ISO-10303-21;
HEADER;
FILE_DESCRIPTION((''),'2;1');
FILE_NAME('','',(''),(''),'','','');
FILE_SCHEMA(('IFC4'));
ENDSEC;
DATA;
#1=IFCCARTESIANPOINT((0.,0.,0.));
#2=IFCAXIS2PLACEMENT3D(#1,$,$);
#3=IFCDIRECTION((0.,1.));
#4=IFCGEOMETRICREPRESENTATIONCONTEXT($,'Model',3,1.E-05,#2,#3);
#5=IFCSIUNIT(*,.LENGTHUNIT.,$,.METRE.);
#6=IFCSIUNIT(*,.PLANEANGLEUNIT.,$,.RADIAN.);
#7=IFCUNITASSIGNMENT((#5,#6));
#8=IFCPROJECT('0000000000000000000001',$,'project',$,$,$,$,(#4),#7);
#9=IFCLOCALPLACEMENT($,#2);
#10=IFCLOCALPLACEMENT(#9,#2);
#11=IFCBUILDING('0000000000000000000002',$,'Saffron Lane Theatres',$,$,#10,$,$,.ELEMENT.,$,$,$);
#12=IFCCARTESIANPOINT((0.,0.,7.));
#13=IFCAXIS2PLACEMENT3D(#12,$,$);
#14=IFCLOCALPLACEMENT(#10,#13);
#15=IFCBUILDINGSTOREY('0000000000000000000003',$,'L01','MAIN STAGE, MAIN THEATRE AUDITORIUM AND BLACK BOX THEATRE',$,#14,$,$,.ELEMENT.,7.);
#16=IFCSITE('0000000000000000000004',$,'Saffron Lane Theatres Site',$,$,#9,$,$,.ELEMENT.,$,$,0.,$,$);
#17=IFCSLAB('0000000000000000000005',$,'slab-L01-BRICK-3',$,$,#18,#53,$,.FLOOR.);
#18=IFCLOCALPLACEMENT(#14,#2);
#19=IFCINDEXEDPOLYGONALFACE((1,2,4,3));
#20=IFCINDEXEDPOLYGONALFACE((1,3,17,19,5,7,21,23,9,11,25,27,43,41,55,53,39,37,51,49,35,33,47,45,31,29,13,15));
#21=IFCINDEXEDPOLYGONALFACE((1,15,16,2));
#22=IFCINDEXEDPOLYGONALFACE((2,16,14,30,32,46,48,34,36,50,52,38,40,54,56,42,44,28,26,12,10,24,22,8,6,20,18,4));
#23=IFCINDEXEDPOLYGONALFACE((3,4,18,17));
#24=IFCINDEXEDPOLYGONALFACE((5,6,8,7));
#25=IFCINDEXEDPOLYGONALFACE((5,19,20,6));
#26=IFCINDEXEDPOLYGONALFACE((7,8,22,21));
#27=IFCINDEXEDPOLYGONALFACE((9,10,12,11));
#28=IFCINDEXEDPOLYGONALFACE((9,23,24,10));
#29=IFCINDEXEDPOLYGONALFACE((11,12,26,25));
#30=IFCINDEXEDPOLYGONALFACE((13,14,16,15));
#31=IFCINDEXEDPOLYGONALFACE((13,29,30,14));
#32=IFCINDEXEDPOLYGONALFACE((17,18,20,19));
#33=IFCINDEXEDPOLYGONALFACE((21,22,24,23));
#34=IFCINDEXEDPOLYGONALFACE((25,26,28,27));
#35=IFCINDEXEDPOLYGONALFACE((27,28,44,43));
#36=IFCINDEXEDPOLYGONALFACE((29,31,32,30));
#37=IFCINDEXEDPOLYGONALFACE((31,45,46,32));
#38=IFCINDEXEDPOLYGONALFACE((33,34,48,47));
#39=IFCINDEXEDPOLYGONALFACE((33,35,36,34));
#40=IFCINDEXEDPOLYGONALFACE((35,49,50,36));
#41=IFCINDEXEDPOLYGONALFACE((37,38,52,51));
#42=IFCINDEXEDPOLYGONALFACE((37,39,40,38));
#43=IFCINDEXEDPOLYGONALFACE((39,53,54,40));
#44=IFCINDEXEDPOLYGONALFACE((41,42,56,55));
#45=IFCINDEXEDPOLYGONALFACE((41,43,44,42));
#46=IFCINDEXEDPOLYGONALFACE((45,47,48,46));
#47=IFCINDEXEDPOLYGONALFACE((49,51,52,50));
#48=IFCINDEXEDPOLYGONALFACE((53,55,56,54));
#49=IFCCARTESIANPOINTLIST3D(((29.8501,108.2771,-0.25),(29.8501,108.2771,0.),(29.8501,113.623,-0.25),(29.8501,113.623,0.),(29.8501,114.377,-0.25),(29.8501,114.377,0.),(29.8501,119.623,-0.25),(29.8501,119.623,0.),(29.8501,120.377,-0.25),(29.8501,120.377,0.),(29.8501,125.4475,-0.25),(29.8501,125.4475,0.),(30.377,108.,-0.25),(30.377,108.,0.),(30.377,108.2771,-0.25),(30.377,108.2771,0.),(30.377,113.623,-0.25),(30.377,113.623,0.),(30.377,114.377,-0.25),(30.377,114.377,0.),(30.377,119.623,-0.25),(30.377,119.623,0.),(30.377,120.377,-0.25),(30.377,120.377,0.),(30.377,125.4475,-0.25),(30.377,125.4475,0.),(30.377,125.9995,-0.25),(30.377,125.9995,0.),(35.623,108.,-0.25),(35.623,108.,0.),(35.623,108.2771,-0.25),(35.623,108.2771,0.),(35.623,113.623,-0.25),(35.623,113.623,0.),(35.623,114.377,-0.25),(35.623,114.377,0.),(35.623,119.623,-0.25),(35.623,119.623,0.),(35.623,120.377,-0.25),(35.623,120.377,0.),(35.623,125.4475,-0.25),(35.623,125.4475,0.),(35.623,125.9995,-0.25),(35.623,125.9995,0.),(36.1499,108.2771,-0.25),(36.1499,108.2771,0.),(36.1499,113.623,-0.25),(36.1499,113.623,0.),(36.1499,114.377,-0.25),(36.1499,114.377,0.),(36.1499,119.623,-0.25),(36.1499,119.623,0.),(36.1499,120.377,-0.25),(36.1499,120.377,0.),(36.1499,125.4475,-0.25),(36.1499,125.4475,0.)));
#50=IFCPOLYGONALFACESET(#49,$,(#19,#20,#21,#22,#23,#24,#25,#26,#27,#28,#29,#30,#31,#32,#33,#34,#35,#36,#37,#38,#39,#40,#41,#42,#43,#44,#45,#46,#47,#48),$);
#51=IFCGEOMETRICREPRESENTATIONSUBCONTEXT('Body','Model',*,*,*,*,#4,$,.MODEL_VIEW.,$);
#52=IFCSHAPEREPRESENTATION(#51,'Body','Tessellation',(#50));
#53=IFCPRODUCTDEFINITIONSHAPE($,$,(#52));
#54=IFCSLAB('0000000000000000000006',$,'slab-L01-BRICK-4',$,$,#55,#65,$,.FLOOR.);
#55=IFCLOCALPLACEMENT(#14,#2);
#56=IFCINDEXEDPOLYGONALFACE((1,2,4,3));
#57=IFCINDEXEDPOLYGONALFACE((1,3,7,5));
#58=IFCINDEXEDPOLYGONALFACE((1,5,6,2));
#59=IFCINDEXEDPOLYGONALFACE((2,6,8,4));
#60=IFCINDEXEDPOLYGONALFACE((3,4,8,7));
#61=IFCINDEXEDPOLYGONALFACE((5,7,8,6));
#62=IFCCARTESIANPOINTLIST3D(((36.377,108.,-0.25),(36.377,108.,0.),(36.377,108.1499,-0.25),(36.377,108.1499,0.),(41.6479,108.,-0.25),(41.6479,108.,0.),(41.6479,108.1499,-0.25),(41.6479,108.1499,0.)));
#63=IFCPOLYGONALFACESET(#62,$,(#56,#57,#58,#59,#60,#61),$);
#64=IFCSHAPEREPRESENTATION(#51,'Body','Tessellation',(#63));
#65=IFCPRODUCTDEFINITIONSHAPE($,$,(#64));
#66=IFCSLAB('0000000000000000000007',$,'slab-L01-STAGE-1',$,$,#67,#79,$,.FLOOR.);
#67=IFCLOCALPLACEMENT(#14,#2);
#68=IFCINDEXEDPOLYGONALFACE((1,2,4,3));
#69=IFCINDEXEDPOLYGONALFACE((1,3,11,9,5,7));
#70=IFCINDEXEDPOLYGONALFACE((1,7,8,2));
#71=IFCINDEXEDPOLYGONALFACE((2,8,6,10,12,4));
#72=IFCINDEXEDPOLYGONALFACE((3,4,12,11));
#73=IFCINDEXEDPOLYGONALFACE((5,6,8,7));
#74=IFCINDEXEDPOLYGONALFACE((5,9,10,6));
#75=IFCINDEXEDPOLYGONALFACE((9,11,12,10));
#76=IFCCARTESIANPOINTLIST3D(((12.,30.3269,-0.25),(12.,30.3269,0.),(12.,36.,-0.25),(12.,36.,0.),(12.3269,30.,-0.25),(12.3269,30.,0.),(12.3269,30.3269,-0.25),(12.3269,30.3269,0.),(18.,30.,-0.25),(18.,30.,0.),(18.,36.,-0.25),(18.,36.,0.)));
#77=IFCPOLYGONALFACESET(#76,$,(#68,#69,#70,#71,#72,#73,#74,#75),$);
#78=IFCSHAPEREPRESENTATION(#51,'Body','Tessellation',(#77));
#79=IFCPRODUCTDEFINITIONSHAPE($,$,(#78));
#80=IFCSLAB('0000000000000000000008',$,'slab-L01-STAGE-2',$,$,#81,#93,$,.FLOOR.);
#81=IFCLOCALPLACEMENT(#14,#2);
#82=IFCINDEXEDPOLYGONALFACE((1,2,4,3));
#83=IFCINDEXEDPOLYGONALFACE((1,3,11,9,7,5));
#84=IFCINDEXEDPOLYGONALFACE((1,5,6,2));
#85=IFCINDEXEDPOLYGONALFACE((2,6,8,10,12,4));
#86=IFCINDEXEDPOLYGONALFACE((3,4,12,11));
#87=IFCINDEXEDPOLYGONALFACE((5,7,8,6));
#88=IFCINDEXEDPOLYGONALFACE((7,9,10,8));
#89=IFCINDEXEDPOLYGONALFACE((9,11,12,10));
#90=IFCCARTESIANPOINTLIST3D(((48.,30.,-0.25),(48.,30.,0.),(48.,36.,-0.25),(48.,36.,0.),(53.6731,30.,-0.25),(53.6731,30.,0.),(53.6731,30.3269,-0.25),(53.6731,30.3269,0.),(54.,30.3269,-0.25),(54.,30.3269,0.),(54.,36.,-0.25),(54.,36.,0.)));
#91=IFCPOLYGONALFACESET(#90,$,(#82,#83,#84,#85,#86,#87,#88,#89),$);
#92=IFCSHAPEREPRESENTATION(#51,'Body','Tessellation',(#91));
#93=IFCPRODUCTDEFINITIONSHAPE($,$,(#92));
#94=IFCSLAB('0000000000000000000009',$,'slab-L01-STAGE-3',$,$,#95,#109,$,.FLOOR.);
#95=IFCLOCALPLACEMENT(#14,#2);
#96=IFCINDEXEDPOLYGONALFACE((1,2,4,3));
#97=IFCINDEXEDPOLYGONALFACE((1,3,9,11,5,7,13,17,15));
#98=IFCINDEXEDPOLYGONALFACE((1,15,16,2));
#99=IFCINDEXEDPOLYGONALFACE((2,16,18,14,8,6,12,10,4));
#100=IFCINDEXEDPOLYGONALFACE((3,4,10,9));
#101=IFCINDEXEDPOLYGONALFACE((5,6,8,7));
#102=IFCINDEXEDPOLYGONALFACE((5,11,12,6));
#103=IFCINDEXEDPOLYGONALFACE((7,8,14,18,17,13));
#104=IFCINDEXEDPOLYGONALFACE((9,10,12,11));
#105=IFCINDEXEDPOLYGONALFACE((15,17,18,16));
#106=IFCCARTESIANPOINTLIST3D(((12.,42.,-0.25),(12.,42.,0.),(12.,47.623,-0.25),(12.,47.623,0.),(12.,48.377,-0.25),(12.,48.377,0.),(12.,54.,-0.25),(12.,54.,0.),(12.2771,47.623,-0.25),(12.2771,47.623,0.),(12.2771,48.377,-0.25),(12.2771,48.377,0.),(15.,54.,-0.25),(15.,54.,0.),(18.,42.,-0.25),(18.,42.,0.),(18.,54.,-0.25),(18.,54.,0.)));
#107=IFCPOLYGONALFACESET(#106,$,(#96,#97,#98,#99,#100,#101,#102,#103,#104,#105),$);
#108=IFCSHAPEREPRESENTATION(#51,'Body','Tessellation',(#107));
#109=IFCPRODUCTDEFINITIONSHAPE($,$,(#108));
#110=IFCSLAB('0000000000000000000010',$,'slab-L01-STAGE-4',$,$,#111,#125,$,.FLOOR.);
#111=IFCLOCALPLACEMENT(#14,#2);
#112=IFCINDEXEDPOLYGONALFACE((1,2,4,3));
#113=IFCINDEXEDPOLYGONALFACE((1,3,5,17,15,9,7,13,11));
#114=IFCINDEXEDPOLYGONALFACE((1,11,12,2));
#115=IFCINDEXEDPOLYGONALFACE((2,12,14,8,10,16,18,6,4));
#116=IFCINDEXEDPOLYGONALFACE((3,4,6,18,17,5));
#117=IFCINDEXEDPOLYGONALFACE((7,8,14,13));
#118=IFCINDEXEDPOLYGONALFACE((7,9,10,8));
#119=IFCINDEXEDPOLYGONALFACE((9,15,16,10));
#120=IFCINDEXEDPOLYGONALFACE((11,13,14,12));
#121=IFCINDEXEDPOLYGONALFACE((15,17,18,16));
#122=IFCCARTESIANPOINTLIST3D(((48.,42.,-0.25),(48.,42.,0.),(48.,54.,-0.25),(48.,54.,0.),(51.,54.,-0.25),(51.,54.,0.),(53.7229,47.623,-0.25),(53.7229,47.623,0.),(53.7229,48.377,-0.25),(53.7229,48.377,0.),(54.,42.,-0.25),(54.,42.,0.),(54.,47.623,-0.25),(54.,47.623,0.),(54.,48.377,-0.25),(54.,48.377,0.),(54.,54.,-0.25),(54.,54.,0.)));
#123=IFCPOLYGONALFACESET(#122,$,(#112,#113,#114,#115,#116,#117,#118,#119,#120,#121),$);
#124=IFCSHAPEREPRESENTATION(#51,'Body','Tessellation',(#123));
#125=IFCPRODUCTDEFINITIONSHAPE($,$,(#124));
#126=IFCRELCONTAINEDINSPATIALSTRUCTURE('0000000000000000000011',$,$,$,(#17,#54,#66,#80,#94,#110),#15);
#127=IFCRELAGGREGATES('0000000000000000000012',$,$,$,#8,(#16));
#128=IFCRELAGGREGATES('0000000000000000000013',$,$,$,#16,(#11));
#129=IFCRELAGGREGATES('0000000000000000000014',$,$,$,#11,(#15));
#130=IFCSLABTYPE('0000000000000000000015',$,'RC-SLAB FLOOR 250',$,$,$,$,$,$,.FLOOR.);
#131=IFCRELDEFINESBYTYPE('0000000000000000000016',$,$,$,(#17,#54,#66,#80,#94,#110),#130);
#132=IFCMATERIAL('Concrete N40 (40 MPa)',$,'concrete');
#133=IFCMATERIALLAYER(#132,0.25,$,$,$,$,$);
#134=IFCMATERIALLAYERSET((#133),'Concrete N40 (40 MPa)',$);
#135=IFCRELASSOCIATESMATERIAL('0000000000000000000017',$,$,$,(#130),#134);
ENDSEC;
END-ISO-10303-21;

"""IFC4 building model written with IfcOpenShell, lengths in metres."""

from ifc_helpers import new_model, si_unit, direction, frame, origin, place, context, subcontext, project, spatial, polyline, outline, extrude, material, layer, layer_set, type_object, element, save


model = new_model("IFC4")

# Units and contexts
model_context = context("Model", 3, precision=1e-05, world=origin(), true_north=direction((0.0, 1.0)))
body_context = subcontext(model_context, "Body", "Model", "MODEL_VIEW")
ifc_project = project(units=[si_unit("LENGTHUNIT", "METRE"), si_unit("PLANEANGLEUNIT", "RADIAN")], contexts=[model_context])

# Site, building, storey
site_placement = place(None, origin())
site = spatial("IfcSite", under=ifc_project, at=site_placement, Name="Saffron Lane Theatres Site", CompositionType="ELEMENT", RefElevation=0.0)
building_placement = place(site_placement, origin())
building = spatial("IfcBuilding", under=site, at=building_placement, Name="Saffron Lane Theatres", CompositionType="ELEMENT")
storey_placement = place(building_placement, frame((0.0, 0.0, 7.0)))
storey = spatial("IfcBuildingStorey", under=building, at=storey_placement, Name="L01", Description="MAIN STAGE, MAIN THEATRE AUDITORIUM AND BLACK BOX THEATRE", CompositionType="ELEMENT", Elevation=7.0)

# Slabs
ifc_material_1 = material(Name="Concrete N40 (40 MPa)", Category="concrete")
ifc_layer_1 = layer(ifc_material_1, 0.25)
ifc_layer_set_1 = layer_set([ifc_layer_1], Name="Concrete N40 (40 MPa)")
slab_type_1 = type_object("IfcSlabType", Name="RC-SLAB FLOOR 250", PredefinedType="FLOOR", material=ifc_layer_set_1)
slab_1_placement = place(storey_placement, frame((0.0, 0.0, -0.25)))
element("IfcSlab", 1, at=slab_1_placement, inside=storey, type_object=slab_type_1, Name="slab-L01-BRICK-3", PredefinedType="FLOOR", context=body_context, shape_type="SweptSolid", body=[
    extrude(outline(polyline([(30.377, 125.9995), (30.377, 125.4475), (29.8501, 125.4475), (29.8501, 120.377), (30.377, 120.377), (30.377, 119.623), (29.8501, 119.623), (29.8501, 114.377), (30.377, 114.377), (30.377, 113.623), (29.8501, 113.623), (29.8501, 108.2771), (30.377, 108.2771), (30.377, 108.0), (35.623, 108.0), (35.623, 108.2771), (36.1499, 108.2771), (36.1499, 113.623), (35.623, 113.623), (35.623, 114.377), (36.1499, 114.377), (36.1499, 119.623), (35.623, 119.623), (35.623, 120.377), (36.1499, 120.377), (36.1499, 125.4475), (35.623, 125.4475), (35.623, 125.9995), (30.377, 125.9995)])), origin(), (0.0, 0.0, 1.0), 0.25),
])
slab_2_placement = place(storey_placement, frame((0.0, 0.0, -0.25)))
element("IfcSlab", 2, at=slab_2_placement, inside=storey, type_object=slab_type_1, Name="slab-L01-BRICK-4", PredefinedType="FLOOR", context=body_context, shape_type="SweptSolid", body=[
    extrude(outline(polyline([(36.377, 108.0), (41.6479, 108.0), (41.6479, 108.1499), (36.377, 108.1499), (36.377, 108.0)])), origin(), (0.0, 0.0, 1.0), 0.25),
])
slab_3_placement = place(storey_placement, frame((0.0, 0.0, -0.25)))
element("IfcSlab", 3, at=slab_3_placement, inside=storey, type_object=slab_type_1, Name="slab-L01-STAGE-1", PredefinedType="FLOOR", context=body_context, shape_type="SweptSolid", body=[
    extrude(outline(polyline([(18.0, 36.0), (12.0, 36.0), (12.0, 30.3269), (12.3269, 30.3269), (12.3269, 30.0), (18.0, 30.0), (18.0, 36.0)])), origin(), (0.0, 0.0, 1.0), 0.25),
])
slab_4_placement = place(storey_placement, frame((0.0, 0.0, -0.25)))
element("IfcSlab", 4, at=slab_4_placement, inside=storey, type_object=slab_type_1, Name="slab-L01-STAGE-2", PredefinedType="FLOOR", context=body_context, shape_type="SweptSolid", body=[
    extrude(outline(polyline([(53.6731, 30.3269), (54.0, 30.3269), (54.0, 36.0), (48.0, 36.0), (48.0, 30.0), (53.6731, 30.0), (53.6731, 30.3269)])), origin(), (0.0, 0.0, 1.0), 0.25),
])
slab_5_placement = place(storey_placement, frame((0.0, 0.0, -0.25)))
element("IfcSlab", 5, at=slab_5_placement, inside=storey, type_object=slab_type_1, Name="slab-L01-STAGE-3", PredefinedType="FLOOR", context=body_context, shape_type="SweptSolid", body=[
    extrude(outline(polyline([(18.0, 42.0), (18.0, 54.0), (15.0, 54.0), (12.0, 54.0), (12.0, 48.377), (12.2771, 48.377), (12.2771, 47.623), (12.0, 47.623), (12.0, 42.0), (18.0, 42.0)])), origin(), (0.0, 0.0, 1.0), 0.25),
])
slab_6_placement = place(storey_placement, frame((0.0, 0.0, -0.25)))
element("IfcSlab", 6, at=slab_6_placement, inside=storey, type_object=slab_type_1, Name="slab-L01-STAGE-4", PredefinedType="FLOOR", context=body_context, shape_type="SweptSolid", body=[
    extrude(outline(polyline([(48.0, 42.0), (54.0, 42.0), (54.0, 47.623), (53.7229, 47.623), (53.7229, 48.377), (54.0, 48.377), (54.0, 54.0), (51.0, 54.0), (48.0, 54.0), (48.0, 42.0)])), origin(), (0.0, 0.0, 1.0), 0.25),
])

save(model, "model.ifc")
